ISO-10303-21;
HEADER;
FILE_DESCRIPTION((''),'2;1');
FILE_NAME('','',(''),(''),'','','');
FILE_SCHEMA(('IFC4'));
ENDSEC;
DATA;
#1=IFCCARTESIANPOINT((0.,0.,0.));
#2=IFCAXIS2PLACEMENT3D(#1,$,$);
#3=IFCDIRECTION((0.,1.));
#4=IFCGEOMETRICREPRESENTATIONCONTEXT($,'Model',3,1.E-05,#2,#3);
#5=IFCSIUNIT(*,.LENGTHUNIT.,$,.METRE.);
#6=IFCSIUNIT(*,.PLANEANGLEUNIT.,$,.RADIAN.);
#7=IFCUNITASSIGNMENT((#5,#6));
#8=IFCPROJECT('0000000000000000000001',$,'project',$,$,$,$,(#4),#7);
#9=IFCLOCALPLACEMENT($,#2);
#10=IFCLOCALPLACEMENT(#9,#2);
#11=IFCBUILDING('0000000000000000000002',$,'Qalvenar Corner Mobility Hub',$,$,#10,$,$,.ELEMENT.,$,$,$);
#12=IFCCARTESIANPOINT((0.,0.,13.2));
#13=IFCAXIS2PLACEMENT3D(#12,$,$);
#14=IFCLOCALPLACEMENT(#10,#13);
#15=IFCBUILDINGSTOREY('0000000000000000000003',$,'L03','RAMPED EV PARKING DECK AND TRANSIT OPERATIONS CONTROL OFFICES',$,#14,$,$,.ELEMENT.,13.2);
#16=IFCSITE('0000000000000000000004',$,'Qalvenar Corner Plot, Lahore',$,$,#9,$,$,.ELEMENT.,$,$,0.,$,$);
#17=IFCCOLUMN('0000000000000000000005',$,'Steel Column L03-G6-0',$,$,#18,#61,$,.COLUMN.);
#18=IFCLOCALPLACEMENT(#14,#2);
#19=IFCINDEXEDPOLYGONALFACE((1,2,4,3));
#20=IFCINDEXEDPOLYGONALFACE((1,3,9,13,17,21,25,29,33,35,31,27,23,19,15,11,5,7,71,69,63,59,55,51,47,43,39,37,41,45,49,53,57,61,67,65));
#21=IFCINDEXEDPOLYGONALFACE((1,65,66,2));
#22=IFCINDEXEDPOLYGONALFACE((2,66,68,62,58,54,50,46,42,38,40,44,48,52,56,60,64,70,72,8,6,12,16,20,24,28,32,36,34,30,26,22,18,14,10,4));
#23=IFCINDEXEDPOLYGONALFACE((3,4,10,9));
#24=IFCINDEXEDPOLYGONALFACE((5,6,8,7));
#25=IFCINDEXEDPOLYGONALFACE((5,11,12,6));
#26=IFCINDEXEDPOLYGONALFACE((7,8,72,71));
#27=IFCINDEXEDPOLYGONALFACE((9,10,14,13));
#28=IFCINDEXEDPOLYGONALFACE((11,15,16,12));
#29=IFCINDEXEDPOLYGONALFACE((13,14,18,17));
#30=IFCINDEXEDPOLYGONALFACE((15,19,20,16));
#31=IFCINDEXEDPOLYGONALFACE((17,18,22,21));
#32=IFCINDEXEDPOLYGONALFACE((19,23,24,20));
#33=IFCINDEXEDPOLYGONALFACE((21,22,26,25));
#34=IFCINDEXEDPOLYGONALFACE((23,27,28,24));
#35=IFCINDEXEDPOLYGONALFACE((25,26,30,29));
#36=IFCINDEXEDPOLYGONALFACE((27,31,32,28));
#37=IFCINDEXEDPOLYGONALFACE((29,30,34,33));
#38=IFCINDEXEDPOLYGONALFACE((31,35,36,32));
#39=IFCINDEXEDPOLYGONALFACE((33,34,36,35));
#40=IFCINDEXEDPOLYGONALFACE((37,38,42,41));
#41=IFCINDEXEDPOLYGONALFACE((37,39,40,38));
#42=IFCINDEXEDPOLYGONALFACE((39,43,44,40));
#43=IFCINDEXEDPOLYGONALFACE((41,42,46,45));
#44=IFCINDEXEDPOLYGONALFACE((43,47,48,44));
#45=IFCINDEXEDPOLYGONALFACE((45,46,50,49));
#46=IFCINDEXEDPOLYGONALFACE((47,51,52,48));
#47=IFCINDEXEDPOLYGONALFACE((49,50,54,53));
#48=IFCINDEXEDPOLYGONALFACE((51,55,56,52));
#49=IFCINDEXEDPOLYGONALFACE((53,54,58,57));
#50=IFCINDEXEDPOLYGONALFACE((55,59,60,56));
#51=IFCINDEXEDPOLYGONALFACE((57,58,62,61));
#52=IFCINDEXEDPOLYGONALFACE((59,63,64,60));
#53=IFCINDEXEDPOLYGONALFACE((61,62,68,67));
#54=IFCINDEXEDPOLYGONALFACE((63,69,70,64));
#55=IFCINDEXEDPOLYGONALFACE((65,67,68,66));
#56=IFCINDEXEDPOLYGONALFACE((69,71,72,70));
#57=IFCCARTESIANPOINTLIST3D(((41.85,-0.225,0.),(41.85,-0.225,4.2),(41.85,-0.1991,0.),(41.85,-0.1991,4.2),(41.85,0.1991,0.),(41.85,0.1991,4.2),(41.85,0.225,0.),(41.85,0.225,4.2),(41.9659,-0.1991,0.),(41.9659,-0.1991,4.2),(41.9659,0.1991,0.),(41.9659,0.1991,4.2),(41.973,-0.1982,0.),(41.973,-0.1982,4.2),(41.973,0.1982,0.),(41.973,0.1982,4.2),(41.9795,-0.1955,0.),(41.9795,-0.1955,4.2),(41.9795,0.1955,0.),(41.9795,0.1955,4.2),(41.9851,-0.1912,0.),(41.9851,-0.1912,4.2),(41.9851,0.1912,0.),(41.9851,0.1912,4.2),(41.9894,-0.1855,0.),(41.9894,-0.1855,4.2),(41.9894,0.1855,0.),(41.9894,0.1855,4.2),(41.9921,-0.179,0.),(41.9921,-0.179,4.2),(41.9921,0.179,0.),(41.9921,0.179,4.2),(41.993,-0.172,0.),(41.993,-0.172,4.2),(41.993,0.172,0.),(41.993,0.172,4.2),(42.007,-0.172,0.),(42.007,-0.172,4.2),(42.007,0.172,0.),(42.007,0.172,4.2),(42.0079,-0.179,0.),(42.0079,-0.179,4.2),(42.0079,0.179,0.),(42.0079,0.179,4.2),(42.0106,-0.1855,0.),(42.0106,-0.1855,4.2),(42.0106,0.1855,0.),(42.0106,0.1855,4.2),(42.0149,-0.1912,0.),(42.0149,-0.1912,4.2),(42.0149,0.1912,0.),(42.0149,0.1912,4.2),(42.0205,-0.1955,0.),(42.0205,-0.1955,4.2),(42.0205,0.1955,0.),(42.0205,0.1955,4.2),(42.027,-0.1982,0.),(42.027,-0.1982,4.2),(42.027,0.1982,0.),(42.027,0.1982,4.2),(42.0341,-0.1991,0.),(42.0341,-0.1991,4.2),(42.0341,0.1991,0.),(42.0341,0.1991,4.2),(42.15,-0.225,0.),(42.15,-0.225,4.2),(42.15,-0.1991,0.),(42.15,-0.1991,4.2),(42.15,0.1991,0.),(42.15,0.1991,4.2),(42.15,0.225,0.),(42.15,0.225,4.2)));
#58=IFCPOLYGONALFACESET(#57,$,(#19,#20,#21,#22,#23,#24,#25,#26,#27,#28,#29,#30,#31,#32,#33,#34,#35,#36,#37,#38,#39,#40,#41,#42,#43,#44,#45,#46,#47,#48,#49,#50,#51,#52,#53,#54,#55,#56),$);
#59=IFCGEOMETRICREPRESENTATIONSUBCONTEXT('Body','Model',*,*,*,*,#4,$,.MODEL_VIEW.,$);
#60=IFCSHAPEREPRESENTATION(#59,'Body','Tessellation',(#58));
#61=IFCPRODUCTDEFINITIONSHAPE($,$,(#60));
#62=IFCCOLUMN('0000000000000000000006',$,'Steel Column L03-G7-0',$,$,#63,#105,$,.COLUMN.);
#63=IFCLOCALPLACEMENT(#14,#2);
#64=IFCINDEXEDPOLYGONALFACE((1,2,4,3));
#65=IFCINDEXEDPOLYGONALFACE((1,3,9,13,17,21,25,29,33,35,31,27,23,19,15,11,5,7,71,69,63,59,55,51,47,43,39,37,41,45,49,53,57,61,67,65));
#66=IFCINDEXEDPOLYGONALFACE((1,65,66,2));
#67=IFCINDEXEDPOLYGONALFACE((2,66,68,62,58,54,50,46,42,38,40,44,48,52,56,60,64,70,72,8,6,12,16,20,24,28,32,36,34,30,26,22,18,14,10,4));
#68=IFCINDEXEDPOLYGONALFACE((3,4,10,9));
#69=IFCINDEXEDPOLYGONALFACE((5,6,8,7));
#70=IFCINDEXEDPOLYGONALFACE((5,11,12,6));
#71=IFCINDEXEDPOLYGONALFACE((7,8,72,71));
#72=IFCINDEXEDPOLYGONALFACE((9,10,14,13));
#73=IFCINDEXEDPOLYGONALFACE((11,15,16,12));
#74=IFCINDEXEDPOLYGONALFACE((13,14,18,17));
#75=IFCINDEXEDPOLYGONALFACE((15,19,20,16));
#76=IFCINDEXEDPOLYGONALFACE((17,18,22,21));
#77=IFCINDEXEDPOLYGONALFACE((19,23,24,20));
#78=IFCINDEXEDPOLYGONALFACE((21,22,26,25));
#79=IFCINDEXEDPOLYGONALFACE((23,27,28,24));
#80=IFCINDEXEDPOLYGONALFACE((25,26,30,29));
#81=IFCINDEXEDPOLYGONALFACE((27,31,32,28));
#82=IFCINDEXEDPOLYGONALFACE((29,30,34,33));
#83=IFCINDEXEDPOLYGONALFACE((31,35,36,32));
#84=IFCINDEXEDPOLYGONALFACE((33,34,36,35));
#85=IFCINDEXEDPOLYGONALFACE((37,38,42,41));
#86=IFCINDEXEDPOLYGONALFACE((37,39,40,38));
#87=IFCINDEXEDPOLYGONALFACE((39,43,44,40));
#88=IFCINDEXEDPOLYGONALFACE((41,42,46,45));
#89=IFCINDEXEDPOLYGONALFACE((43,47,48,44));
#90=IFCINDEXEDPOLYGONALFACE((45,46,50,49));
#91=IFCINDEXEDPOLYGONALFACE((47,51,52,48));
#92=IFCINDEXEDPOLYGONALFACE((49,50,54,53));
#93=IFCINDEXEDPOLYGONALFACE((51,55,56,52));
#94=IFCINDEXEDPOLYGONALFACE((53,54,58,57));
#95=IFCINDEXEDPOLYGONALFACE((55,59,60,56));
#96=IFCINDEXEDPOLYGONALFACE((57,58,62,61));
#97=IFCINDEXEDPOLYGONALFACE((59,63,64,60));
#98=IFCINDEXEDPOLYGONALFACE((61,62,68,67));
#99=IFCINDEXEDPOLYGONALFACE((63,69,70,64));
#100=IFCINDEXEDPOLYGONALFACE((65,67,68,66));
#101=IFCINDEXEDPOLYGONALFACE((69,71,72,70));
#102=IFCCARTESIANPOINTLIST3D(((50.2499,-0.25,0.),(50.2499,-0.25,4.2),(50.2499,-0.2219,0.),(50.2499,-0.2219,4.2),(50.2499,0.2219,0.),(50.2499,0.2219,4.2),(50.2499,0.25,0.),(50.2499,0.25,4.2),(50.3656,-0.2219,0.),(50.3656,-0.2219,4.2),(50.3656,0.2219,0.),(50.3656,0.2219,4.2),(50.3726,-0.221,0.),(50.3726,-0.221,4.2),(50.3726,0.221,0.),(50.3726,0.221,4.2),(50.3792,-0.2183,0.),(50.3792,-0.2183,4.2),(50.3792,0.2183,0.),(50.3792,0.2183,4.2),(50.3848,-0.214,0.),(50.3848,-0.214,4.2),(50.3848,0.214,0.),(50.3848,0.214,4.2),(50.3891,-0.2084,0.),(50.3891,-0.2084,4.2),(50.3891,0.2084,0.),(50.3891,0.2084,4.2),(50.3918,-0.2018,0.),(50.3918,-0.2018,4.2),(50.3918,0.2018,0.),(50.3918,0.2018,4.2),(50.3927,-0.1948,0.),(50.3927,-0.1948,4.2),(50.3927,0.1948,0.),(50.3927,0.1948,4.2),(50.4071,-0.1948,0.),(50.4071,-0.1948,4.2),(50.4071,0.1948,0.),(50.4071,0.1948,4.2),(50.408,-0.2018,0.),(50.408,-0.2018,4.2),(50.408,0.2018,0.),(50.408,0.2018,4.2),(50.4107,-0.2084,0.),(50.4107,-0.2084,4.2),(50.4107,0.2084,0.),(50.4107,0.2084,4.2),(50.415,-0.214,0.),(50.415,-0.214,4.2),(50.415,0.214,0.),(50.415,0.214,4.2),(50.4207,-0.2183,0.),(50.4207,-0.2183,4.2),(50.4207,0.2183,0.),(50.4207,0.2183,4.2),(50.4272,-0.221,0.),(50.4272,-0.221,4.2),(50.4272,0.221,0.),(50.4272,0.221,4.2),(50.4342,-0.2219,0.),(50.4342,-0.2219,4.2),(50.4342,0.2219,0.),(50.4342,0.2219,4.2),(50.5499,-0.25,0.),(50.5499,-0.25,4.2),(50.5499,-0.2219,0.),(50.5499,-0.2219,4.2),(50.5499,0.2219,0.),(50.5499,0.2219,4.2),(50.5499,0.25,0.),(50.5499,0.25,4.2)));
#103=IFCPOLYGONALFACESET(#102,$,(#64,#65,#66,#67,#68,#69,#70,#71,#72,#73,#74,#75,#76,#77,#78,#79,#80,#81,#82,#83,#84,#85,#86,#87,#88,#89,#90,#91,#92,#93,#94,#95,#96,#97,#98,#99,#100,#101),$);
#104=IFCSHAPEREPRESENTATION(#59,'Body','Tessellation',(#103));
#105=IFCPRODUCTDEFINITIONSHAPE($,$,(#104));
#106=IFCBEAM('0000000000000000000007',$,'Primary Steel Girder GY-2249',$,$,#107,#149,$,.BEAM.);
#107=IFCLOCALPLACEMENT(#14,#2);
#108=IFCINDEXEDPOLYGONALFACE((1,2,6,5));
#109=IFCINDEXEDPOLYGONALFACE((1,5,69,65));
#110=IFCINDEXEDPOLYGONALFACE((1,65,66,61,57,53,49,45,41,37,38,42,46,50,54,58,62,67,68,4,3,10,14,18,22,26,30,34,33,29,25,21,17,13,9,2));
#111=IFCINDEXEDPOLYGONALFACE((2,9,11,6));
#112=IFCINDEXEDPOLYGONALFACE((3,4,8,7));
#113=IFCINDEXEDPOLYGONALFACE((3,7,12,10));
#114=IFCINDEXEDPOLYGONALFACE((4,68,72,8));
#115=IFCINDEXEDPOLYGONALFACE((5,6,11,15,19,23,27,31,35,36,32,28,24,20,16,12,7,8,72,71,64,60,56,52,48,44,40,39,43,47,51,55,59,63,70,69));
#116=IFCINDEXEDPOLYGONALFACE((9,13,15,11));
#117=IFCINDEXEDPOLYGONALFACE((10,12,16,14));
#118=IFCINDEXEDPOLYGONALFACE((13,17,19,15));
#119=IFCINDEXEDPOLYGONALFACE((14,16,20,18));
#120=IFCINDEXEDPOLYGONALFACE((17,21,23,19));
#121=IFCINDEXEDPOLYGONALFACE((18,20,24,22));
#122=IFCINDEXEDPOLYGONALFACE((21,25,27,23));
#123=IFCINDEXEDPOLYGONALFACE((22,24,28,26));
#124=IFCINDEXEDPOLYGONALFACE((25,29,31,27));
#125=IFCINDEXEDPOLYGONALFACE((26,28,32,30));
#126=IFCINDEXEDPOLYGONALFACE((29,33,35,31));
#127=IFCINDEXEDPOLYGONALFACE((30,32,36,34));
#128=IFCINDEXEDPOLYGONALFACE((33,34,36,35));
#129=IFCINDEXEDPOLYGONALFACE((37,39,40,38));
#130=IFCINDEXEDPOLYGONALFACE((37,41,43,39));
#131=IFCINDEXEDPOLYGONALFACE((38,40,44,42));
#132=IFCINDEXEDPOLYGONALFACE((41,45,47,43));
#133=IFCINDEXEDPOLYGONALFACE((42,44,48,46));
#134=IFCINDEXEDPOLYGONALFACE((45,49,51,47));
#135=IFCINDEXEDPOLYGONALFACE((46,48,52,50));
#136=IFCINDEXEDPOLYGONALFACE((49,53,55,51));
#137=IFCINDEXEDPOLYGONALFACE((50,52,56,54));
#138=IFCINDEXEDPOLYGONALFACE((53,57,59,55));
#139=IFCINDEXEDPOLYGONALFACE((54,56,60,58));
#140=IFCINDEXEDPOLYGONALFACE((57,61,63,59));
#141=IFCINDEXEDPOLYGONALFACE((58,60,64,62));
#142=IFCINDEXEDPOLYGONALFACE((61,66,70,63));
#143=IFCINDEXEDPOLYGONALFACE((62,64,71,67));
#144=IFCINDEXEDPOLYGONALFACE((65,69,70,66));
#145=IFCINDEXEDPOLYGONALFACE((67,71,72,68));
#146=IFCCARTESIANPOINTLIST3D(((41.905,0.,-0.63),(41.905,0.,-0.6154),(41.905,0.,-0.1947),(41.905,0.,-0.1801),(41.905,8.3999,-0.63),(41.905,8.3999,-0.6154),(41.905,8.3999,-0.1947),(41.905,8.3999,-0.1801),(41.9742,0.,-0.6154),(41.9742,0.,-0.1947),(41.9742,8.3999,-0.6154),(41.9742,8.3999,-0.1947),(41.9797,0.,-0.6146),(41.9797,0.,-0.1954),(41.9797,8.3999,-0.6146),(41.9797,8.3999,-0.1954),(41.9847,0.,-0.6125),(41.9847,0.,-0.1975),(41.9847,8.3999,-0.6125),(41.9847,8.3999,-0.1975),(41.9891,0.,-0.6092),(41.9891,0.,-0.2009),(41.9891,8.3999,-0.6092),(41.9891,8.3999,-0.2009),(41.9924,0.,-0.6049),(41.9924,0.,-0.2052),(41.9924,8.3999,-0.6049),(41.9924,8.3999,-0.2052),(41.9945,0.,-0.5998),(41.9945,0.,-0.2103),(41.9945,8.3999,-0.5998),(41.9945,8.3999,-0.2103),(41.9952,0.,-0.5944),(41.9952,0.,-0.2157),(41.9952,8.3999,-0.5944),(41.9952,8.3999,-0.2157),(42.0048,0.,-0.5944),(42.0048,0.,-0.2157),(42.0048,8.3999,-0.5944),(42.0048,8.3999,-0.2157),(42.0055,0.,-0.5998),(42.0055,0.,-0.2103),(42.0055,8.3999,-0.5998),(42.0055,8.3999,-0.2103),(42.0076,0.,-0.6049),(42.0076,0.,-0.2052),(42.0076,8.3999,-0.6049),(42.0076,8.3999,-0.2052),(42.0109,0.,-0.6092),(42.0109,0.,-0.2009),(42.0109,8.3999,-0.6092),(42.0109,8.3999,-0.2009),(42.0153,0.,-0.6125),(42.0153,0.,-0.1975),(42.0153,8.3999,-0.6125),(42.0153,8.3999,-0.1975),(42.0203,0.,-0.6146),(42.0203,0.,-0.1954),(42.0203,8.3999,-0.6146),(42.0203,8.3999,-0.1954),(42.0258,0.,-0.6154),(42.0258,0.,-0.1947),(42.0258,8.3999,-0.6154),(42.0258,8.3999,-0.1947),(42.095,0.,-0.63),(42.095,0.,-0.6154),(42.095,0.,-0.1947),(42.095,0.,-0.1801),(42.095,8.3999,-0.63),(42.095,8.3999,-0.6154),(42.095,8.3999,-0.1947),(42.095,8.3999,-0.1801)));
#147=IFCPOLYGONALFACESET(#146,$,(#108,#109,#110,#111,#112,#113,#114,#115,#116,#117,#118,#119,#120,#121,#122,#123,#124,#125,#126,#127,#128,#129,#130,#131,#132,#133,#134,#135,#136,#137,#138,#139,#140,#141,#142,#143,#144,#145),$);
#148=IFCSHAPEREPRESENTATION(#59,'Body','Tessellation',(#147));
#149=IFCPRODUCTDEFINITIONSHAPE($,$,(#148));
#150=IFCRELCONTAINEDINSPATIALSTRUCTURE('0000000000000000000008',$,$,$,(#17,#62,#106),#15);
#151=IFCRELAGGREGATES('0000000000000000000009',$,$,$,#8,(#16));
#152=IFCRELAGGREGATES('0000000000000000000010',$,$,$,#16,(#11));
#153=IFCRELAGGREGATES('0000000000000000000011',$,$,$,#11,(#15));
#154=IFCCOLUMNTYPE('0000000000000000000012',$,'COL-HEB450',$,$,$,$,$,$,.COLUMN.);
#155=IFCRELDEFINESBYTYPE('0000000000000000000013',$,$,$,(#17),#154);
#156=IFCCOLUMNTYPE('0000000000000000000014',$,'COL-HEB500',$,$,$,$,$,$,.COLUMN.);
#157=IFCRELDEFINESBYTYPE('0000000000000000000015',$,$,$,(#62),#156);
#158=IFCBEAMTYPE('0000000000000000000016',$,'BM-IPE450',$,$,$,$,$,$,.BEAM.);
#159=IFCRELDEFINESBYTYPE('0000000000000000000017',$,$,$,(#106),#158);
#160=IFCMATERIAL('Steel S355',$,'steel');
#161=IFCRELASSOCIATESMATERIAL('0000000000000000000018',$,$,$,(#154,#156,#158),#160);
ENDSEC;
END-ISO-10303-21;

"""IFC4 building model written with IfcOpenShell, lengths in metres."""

from ifc_helpers import new_model, si_unit, direction, frame, origin, origin_2d, place, context, subcontext, project, spatial, i_section, extrude, material, material_profile, profile_set, type_object, element, save


model = new_model("IFC4")

# Units and contexts
model_context = context("Model", 3, precision=1e-05, world=origin(), true_north=direction((0.0, 1.0)))
body_context = subcontext(model_context, "Body", "Model", "MODEL_VIEW")
ifc_project = project(units=[si_unit("LENGTHUNIT", "METRE"), si_unit("PLANEANGLEUNIT", "RADIAN")], contexts=[model_context])

# Site, building, storey
site_placement = place(None, origin())
site = spatial("IfcSite", under=ifc_project, at=site_placement, Name="Qalvenar Corner Plot, Lahore", CompositionType="ELEMENT", RefElevation=0.0)
building_placement = place(site_placement, origin())
building = spatial("IfcBuilding", under=site, at=building_placement, Name="Qalvenar Corner Mobility Hub", CompositionType="ELEMENT")
storey_placement = place(building_placement, frame((0.0, 0.0, 13.2)))
storey = spatial("IfcBuildingStorey", under=building, at=storey_placement, Name="L03", Description="RAMPED EV PARKING DECK AND TRANSIT OPERATIONS CONTROL OFFICES", CompositionType="ELEMENT", Elevation=13.2)

# Columns
ifc_material_1 = material(Name="Steel S355", Category="steel")
ifc_material_profile_1 = material_profile(ifc_material_1, i_section(OverallWidth=0.3, OverallDepth=0.45, WebThickness=0.0139, FlangeThickness=0.0259, FilletRadius=0.0271, at=origin_2d()), Name="HEB450")
ifc_profile_set_1 = profile_set([ifc_material_profile_1], Name="Steel S355")
column_type_1 = type_object("IfcColumnType", Name="COL-HEB450", PredefinedType="COLUMN", material=ifc_profile_set_1)
column_1_placement = place(storey_placement, frame((42.0, 0.0, 0.0), z_axis=(0.0, 0.0, 1.0), x_axis=(1.0, 0.0, 0.0)))
element("IfcColumn", 1, at=column_1_placement, inside=storey, type_object=column_type_1, Name="Steel Column L03-G6-0", PredefinedType="COLUMN", context=body_context, shape_type="SweptSolid", body=[
    extrude(i_section(OverallWidth=0.3, OverallDepth=0.45, WebThickness=0.0139, FlangeThickness=0.0259, FilletRadius=0.0271, at=origin_2d()), origin(), (0.0, 0.0, 1.0), 4.2),
])
ifc_material_profile_2 = material_profile(ifc_material_1, i_section(OverallWidth=0.3, OverallDepth=0.5, WebThickness=0.0144, FlangeThickness=0.0281, FilletRadius=0.0271, at=origin_2d()), Name="HEB500")
ifc_profile_set_2 = profile_set([ifc_material_profile_2], Name="Steel S355")
column_type_2 = type_object("IfcColumnType", Name="COL-HEB500", PredefinedType="COLUMN", material=ifc_profile_set_2)
column_2_placement = place(storey_placement, frame((50.3999, 0.0, 0.0), z_axis=(0.0, 0.0, 1.0), x_axis=(1.0, 0.0, 0.0)))
element("IfcColumn", 2, at=column_2_placement, inside=storey, type_object=column_type_2, Name="Steel Column L03-G7-0", PredefinedType="COLUMN", context=body_context, shape_type="SweptSolid", body=[
    extrude(i_section(OverallWidth=0.3, OverallDepth=0.5, WebThickness=0.0144, FlangeThickness=0.0281, FilletRadius=0.0271, at=origin_2d()), origin(), (0.0, 0.0, 1.0), 4.2),
])

# Beam
ifc_material_profile_3 = material_profile(ifc_material_1, i_section(OverallWidth=0.1899, OverallDepth=0.45, WebThickness=0.0095, FlangeThickness=0.0146, FilletRadius=0.021, at=origin_2d()), Name="IPE450")
ifc_profile_set_3 = profile_set([ifc_material_profile_3], Name="Steel S355")
beam_type_1 = type_object("IfcBeamType", Name="BM-IPE450", PredefinedType="BEAM", material=ifc_profile_set_3)
beam_1_placement = place(storey_placement, frame((42.0, 0.0, -0.405), z_axis=(0.0, 1.0, 0.0), x_axis=(-1.0, 0.0, 0.0)))
element("IfcBeam", 3, at=beam_1_placement, inside=storey, type_object=beam_type_1, Name="Primary Steel Girder GY-2249", PredefinedType="BEAM", context=body_context, shape_type="SweptSolid", body=[
    extrude(i_section(OverallWidth=0.1899, OverallDepth=0.45, WebThickness=0.0095, FlangeThickness=0.0146, FilletRadius=0.021, at=origin_2d()), origin(), (0.0, 0.0, 1.0), 8.3999),
])

save(model, "model.ifc")
